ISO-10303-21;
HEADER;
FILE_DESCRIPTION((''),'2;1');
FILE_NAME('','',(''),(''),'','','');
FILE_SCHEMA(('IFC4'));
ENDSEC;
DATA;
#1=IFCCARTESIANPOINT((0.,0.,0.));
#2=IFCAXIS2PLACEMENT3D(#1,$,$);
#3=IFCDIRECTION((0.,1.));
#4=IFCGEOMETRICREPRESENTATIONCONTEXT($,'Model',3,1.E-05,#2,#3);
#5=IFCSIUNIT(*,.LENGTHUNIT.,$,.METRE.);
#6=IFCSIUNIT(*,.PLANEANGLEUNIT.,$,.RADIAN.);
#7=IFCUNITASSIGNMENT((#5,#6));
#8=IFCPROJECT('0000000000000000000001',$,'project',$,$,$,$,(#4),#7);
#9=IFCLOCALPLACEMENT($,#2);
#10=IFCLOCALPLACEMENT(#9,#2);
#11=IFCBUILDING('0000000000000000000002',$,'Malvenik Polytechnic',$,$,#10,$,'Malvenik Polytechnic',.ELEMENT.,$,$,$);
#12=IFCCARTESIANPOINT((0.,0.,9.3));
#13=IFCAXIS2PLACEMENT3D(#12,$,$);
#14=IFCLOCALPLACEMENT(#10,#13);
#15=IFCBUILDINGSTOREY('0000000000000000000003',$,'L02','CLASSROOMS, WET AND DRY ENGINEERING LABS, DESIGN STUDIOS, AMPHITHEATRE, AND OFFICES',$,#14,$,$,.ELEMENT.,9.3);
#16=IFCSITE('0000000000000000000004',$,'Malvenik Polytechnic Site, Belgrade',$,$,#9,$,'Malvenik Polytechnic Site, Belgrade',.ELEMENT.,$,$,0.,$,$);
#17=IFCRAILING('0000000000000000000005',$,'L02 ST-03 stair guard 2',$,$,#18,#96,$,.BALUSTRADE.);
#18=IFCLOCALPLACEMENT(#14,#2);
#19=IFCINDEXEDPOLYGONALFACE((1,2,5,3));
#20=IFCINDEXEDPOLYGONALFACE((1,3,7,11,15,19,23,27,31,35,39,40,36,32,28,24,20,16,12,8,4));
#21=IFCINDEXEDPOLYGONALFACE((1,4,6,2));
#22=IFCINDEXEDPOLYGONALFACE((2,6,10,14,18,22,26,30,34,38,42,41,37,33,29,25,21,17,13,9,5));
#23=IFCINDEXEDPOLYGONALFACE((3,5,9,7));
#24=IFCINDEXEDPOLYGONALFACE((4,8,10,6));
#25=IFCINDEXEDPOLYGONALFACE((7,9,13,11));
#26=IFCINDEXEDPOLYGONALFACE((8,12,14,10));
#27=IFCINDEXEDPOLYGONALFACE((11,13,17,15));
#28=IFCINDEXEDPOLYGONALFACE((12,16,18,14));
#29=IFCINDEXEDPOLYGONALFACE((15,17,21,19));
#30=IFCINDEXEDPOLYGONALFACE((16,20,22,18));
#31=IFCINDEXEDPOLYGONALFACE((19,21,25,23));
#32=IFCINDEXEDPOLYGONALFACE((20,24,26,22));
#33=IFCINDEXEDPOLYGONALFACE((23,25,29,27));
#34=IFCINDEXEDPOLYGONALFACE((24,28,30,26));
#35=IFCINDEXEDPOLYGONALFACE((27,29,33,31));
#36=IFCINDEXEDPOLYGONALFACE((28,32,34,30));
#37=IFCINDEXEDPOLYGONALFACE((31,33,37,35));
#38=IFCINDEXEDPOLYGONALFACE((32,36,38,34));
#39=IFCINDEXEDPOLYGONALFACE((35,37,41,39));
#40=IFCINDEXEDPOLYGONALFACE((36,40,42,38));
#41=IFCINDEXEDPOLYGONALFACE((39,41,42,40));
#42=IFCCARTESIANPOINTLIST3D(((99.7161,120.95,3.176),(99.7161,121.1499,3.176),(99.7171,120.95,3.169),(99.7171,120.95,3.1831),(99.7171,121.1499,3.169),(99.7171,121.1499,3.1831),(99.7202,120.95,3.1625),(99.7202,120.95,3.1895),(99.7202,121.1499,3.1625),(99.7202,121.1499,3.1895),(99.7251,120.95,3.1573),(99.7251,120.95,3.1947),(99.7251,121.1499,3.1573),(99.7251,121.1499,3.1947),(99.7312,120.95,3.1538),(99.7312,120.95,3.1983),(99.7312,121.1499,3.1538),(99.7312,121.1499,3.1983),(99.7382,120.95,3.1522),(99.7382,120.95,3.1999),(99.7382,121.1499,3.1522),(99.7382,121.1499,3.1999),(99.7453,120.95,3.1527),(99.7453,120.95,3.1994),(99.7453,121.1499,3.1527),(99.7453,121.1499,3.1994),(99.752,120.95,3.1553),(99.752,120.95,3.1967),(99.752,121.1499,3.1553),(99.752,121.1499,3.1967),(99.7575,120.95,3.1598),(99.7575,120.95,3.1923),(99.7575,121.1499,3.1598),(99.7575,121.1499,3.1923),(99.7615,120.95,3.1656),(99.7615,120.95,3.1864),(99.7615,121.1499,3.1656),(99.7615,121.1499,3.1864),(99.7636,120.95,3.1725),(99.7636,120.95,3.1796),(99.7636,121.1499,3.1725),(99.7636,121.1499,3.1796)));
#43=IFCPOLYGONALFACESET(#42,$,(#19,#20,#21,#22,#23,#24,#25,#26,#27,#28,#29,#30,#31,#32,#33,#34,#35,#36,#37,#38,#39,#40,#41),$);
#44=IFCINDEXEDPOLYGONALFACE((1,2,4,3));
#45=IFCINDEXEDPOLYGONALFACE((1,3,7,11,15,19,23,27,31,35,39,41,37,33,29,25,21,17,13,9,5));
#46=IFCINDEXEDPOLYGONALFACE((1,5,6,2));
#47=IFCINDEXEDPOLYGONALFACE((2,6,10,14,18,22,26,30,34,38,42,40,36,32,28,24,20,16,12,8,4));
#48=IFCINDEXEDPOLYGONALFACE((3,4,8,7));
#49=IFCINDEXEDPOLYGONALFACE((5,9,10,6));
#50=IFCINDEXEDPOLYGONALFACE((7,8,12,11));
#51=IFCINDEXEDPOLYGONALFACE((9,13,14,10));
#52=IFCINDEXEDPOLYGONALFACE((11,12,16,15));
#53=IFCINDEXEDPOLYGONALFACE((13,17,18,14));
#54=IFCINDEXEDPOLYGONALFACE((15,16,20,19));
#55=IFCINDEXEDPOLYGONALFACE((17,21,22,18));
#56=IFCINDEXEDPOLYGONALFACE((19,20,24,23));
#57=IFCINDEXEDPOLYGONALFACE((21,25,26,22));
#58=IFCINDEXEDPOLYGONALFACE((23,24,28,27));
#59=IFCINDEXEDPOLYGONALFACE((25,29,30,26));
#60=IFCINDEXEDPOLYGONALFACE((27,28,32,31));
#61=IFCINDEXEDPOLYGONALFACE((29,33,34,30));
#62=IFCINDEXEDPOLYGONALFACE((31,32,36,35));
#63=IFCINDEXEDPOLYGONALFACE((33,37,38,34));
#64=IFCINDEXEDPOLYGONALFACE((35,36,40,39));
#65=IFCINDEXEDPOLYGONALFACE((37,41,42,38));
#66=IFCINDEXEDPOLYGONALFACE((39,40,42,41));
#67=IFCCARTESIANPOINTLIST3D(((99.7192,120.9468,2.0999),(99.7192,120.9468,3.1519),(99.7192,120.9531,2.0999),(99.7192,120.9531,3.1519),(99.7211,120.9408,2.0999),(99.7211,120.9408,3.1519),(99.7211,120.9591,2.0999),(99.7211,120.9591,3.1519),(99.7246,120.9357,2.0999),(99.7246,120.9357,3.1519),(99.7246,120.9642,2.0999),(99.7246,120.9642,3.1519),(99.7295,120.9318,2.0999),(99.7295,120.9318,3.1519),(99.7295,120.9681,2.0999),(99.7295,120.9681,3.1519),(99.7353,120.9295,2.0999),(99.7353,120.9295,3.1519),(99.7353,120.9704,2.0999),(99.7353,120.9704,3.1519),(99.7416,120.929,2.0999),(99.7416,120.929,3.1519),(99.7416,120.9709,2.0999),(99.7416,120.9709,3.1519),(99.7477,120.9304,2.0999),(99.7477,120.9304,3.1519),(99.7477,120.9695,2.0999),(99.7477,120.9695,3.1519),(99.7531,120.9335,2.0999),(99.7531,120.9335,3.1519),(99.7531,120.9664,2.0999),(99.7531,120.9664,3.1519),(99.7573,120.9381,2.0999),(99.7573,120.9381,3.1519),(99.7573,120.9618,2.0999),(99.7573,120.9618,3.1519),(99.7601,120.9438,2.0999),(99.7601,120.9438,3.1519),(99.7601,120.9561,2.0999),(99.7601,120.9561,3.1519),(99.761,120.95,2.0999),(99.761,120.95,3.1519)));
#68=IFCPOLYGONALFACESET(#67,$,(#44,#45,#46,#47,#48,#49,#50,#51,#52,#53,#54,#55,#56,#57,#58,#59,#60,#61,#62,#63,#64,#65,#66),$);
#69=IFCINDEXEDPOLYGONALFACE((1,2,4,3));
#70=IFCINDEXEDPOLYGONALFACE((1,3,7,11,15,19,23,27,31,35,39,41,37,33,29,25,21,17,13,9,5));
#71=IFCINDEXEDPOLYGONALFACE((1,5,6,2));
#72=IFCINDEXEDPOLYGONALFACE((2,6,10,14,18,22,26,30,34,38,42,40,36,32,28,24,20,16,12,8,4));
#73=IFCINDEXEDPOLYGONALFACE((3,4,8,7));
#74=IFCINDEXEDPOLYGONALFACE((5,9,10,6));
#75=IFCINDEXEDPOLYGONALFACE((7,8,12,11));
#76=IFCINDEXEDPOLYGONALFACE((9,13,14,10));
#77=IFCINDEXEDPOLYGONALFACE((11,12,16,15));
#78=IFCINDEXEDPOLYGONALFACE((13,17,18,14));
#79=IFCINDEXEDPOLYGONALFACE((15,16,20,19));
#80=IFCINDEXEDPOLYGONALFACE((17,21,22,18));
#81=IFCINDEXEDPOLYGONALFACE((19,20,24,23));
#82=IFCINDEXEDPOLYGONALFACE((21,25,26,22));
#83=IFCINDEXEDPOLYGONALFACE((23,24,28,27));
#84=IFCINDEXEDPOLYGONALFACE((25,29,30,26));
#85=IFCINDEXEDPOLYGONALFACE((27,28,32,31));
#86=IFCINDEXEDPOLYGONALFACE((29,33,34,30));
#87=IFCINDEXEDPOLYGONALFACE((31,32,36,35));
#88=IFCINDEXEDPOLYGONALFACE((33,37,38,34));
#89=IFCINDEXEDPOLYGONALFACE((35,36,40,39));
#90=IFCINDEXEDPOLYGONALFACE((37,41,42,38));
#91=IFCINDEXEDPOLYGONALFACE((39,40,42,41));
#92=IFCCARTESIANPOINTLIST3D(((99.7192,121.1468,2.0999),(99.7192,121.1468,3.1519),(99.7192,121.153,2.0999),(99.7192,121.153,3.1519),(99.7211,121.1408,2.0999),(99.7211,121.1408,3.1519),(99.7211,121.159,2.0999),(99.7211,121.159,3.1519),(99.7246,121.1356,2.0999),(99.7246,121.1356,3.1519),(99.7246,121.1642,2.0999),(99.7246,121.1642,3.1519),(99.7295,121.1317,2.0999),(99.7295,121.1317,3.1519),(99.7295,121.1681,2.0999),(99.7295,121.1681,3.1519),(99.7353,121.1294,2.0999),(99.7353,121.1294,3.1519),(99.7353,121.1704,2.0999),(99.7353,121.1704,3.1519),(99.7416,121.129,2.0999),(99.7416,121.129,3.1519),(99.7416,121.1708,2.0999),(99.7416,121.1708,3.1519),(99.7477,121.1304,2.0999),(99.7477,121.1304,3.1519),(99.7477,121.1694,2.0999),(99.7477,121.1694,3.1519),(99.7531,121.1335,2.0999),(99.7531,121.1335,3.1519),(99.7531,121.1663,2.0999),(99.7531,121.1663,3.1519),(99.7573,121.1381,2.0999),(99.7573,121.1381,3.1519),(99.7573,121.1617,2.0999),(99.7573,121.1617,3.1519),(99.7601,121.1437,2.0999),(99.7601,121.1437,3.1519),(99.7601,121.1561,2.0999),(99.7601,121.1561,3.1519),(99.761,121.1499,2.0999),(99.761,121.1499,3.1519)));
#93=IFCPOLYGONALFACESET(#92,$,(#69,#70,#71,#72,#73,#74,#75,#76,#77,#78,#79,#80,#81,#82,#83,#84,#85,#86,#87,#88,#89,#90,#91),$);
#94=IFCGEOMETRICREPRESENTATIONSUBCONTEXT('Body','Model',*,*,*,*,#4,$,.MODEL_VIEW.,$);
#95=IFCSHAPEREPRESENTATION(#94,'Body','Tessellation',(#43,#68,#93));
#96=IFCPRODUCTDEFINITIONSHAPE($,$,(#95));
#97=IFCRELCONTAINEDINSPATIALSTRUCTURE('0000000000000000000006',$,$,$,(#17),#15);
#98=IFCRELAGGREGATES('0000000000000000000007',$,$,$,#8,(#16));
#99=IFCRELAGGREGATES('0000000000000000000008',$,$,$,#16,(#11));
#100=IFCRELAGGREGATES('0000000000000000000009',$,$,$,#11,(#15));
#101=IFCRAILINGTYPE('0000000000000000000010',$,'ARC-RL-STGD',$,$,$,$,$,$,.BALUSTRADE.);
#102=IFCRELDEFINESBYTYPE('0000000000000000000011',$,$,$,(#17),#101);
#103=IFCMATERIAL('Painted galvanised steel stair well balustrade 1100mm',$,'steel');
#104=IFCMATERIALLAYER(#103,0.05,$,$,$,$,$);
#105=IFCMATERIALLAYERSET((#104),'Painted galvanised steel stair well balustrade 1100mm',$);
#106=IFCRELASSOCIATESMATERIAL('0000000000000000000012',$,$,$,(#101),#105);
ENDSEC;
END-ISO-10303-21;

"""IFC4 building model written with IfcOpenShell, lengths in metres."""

from ifc_helpers import new_model, si_unit, direction, frame, origin, origin_2d, place, context, subcontext, project, spatial, circle, extrude, material, layer, layer_set, type_object, element, save


model = new_model("IFC4")

# Units and contexts
model_context = context("Model", 3, precision=1e-05, world=origin(), true_north=direction((0.0, 1.0)))
body_context = subcontext(model_context, "Body", "Model", "MODEL_VIEW")
ifc_project = project(units=[si_unit("LENGTHUNIT", "METRE"), si_unit("PLANEANGLEUNIT", "RADIAN")], contexts=[model_context])

# Site, building, storey
site_placement = place(None, origin())
site = spatial("IfcSite", under=ifc_project, at=site_placement, Name="Malvenik Polytechnic Site, Belgrade", LongName="Malvenik Polytechnic Site, Belgrade", CompositionType="ELEMENT", RefElevation=0.0)
building_placement = place(site_placement, origin())
building = spatial("IfcBuilding", under=site, at=building_placement, Name="Malvenik Polytechnic", LongName="Malvenik Polytechnic", CompositionType="ELEMENT")
storey_placement = place(building_placement, frame((0.0, 0.0, 9.3)))
storey = spatial("IfcBuildingStorey", under=building, at=storey_placement, Name="L02", Description="CLASSROOMS, WET AND DRY ENGINEERING LABS, DESIGN STUDIOS, AMPHITHEATRE, AND OFFICES", CompositionType="ELEMENT", Elevation=9.3)

# Railing
ifc_material_1 = material(Name="Painted galvanised steel stair well balustrade 1100mm", Category="steel")
ifc_layer_1 = layer(ifc_material_1, 0.05)
ifc_layer_set_1 = layer_set([ifc_layer_1], Name="Painted galvanised steel stair well balustrade 1100mm")
railing_type_1 = type_object("IfcRailingType", Name="ARC-RL-STGD", PredefinedType="BALUSTRADE", material=ifc_layer_set_1)
railing_1_placement = place(storey_placement, frame((99.74, 120.95, 2.0999)))
element("IfcRailing", 1, at=railing_1_placement, inside=storey, type_object=railing_type_1, Name="L02 ST-03 stair guard 2", PredefinedType="BALUSTRADE", context=body_context, shape_type="SweptSolid", body=[
    extrude(circle(Radius=0.0239, at=origin_2d()), frame((0.0, 0.0, 1.0762), z_axis=(0.0, 1.0, 0.0), x_axis=(-1.0, 0.0, 0.0)), (0.0, 0.0, 1.0), 0.2),
    extrude(circle(Radius=0.021, at=origin_2d()), origin(), (0.0, 0.0, 1.0), 1.052),
    extrude(circle(Radius=0.021, at=origin_2d()), frame((0.0, 0.2, 0.0)), (0.0, 0.0, 1.0), 1.052),
])

save(model, "model.ifc")
